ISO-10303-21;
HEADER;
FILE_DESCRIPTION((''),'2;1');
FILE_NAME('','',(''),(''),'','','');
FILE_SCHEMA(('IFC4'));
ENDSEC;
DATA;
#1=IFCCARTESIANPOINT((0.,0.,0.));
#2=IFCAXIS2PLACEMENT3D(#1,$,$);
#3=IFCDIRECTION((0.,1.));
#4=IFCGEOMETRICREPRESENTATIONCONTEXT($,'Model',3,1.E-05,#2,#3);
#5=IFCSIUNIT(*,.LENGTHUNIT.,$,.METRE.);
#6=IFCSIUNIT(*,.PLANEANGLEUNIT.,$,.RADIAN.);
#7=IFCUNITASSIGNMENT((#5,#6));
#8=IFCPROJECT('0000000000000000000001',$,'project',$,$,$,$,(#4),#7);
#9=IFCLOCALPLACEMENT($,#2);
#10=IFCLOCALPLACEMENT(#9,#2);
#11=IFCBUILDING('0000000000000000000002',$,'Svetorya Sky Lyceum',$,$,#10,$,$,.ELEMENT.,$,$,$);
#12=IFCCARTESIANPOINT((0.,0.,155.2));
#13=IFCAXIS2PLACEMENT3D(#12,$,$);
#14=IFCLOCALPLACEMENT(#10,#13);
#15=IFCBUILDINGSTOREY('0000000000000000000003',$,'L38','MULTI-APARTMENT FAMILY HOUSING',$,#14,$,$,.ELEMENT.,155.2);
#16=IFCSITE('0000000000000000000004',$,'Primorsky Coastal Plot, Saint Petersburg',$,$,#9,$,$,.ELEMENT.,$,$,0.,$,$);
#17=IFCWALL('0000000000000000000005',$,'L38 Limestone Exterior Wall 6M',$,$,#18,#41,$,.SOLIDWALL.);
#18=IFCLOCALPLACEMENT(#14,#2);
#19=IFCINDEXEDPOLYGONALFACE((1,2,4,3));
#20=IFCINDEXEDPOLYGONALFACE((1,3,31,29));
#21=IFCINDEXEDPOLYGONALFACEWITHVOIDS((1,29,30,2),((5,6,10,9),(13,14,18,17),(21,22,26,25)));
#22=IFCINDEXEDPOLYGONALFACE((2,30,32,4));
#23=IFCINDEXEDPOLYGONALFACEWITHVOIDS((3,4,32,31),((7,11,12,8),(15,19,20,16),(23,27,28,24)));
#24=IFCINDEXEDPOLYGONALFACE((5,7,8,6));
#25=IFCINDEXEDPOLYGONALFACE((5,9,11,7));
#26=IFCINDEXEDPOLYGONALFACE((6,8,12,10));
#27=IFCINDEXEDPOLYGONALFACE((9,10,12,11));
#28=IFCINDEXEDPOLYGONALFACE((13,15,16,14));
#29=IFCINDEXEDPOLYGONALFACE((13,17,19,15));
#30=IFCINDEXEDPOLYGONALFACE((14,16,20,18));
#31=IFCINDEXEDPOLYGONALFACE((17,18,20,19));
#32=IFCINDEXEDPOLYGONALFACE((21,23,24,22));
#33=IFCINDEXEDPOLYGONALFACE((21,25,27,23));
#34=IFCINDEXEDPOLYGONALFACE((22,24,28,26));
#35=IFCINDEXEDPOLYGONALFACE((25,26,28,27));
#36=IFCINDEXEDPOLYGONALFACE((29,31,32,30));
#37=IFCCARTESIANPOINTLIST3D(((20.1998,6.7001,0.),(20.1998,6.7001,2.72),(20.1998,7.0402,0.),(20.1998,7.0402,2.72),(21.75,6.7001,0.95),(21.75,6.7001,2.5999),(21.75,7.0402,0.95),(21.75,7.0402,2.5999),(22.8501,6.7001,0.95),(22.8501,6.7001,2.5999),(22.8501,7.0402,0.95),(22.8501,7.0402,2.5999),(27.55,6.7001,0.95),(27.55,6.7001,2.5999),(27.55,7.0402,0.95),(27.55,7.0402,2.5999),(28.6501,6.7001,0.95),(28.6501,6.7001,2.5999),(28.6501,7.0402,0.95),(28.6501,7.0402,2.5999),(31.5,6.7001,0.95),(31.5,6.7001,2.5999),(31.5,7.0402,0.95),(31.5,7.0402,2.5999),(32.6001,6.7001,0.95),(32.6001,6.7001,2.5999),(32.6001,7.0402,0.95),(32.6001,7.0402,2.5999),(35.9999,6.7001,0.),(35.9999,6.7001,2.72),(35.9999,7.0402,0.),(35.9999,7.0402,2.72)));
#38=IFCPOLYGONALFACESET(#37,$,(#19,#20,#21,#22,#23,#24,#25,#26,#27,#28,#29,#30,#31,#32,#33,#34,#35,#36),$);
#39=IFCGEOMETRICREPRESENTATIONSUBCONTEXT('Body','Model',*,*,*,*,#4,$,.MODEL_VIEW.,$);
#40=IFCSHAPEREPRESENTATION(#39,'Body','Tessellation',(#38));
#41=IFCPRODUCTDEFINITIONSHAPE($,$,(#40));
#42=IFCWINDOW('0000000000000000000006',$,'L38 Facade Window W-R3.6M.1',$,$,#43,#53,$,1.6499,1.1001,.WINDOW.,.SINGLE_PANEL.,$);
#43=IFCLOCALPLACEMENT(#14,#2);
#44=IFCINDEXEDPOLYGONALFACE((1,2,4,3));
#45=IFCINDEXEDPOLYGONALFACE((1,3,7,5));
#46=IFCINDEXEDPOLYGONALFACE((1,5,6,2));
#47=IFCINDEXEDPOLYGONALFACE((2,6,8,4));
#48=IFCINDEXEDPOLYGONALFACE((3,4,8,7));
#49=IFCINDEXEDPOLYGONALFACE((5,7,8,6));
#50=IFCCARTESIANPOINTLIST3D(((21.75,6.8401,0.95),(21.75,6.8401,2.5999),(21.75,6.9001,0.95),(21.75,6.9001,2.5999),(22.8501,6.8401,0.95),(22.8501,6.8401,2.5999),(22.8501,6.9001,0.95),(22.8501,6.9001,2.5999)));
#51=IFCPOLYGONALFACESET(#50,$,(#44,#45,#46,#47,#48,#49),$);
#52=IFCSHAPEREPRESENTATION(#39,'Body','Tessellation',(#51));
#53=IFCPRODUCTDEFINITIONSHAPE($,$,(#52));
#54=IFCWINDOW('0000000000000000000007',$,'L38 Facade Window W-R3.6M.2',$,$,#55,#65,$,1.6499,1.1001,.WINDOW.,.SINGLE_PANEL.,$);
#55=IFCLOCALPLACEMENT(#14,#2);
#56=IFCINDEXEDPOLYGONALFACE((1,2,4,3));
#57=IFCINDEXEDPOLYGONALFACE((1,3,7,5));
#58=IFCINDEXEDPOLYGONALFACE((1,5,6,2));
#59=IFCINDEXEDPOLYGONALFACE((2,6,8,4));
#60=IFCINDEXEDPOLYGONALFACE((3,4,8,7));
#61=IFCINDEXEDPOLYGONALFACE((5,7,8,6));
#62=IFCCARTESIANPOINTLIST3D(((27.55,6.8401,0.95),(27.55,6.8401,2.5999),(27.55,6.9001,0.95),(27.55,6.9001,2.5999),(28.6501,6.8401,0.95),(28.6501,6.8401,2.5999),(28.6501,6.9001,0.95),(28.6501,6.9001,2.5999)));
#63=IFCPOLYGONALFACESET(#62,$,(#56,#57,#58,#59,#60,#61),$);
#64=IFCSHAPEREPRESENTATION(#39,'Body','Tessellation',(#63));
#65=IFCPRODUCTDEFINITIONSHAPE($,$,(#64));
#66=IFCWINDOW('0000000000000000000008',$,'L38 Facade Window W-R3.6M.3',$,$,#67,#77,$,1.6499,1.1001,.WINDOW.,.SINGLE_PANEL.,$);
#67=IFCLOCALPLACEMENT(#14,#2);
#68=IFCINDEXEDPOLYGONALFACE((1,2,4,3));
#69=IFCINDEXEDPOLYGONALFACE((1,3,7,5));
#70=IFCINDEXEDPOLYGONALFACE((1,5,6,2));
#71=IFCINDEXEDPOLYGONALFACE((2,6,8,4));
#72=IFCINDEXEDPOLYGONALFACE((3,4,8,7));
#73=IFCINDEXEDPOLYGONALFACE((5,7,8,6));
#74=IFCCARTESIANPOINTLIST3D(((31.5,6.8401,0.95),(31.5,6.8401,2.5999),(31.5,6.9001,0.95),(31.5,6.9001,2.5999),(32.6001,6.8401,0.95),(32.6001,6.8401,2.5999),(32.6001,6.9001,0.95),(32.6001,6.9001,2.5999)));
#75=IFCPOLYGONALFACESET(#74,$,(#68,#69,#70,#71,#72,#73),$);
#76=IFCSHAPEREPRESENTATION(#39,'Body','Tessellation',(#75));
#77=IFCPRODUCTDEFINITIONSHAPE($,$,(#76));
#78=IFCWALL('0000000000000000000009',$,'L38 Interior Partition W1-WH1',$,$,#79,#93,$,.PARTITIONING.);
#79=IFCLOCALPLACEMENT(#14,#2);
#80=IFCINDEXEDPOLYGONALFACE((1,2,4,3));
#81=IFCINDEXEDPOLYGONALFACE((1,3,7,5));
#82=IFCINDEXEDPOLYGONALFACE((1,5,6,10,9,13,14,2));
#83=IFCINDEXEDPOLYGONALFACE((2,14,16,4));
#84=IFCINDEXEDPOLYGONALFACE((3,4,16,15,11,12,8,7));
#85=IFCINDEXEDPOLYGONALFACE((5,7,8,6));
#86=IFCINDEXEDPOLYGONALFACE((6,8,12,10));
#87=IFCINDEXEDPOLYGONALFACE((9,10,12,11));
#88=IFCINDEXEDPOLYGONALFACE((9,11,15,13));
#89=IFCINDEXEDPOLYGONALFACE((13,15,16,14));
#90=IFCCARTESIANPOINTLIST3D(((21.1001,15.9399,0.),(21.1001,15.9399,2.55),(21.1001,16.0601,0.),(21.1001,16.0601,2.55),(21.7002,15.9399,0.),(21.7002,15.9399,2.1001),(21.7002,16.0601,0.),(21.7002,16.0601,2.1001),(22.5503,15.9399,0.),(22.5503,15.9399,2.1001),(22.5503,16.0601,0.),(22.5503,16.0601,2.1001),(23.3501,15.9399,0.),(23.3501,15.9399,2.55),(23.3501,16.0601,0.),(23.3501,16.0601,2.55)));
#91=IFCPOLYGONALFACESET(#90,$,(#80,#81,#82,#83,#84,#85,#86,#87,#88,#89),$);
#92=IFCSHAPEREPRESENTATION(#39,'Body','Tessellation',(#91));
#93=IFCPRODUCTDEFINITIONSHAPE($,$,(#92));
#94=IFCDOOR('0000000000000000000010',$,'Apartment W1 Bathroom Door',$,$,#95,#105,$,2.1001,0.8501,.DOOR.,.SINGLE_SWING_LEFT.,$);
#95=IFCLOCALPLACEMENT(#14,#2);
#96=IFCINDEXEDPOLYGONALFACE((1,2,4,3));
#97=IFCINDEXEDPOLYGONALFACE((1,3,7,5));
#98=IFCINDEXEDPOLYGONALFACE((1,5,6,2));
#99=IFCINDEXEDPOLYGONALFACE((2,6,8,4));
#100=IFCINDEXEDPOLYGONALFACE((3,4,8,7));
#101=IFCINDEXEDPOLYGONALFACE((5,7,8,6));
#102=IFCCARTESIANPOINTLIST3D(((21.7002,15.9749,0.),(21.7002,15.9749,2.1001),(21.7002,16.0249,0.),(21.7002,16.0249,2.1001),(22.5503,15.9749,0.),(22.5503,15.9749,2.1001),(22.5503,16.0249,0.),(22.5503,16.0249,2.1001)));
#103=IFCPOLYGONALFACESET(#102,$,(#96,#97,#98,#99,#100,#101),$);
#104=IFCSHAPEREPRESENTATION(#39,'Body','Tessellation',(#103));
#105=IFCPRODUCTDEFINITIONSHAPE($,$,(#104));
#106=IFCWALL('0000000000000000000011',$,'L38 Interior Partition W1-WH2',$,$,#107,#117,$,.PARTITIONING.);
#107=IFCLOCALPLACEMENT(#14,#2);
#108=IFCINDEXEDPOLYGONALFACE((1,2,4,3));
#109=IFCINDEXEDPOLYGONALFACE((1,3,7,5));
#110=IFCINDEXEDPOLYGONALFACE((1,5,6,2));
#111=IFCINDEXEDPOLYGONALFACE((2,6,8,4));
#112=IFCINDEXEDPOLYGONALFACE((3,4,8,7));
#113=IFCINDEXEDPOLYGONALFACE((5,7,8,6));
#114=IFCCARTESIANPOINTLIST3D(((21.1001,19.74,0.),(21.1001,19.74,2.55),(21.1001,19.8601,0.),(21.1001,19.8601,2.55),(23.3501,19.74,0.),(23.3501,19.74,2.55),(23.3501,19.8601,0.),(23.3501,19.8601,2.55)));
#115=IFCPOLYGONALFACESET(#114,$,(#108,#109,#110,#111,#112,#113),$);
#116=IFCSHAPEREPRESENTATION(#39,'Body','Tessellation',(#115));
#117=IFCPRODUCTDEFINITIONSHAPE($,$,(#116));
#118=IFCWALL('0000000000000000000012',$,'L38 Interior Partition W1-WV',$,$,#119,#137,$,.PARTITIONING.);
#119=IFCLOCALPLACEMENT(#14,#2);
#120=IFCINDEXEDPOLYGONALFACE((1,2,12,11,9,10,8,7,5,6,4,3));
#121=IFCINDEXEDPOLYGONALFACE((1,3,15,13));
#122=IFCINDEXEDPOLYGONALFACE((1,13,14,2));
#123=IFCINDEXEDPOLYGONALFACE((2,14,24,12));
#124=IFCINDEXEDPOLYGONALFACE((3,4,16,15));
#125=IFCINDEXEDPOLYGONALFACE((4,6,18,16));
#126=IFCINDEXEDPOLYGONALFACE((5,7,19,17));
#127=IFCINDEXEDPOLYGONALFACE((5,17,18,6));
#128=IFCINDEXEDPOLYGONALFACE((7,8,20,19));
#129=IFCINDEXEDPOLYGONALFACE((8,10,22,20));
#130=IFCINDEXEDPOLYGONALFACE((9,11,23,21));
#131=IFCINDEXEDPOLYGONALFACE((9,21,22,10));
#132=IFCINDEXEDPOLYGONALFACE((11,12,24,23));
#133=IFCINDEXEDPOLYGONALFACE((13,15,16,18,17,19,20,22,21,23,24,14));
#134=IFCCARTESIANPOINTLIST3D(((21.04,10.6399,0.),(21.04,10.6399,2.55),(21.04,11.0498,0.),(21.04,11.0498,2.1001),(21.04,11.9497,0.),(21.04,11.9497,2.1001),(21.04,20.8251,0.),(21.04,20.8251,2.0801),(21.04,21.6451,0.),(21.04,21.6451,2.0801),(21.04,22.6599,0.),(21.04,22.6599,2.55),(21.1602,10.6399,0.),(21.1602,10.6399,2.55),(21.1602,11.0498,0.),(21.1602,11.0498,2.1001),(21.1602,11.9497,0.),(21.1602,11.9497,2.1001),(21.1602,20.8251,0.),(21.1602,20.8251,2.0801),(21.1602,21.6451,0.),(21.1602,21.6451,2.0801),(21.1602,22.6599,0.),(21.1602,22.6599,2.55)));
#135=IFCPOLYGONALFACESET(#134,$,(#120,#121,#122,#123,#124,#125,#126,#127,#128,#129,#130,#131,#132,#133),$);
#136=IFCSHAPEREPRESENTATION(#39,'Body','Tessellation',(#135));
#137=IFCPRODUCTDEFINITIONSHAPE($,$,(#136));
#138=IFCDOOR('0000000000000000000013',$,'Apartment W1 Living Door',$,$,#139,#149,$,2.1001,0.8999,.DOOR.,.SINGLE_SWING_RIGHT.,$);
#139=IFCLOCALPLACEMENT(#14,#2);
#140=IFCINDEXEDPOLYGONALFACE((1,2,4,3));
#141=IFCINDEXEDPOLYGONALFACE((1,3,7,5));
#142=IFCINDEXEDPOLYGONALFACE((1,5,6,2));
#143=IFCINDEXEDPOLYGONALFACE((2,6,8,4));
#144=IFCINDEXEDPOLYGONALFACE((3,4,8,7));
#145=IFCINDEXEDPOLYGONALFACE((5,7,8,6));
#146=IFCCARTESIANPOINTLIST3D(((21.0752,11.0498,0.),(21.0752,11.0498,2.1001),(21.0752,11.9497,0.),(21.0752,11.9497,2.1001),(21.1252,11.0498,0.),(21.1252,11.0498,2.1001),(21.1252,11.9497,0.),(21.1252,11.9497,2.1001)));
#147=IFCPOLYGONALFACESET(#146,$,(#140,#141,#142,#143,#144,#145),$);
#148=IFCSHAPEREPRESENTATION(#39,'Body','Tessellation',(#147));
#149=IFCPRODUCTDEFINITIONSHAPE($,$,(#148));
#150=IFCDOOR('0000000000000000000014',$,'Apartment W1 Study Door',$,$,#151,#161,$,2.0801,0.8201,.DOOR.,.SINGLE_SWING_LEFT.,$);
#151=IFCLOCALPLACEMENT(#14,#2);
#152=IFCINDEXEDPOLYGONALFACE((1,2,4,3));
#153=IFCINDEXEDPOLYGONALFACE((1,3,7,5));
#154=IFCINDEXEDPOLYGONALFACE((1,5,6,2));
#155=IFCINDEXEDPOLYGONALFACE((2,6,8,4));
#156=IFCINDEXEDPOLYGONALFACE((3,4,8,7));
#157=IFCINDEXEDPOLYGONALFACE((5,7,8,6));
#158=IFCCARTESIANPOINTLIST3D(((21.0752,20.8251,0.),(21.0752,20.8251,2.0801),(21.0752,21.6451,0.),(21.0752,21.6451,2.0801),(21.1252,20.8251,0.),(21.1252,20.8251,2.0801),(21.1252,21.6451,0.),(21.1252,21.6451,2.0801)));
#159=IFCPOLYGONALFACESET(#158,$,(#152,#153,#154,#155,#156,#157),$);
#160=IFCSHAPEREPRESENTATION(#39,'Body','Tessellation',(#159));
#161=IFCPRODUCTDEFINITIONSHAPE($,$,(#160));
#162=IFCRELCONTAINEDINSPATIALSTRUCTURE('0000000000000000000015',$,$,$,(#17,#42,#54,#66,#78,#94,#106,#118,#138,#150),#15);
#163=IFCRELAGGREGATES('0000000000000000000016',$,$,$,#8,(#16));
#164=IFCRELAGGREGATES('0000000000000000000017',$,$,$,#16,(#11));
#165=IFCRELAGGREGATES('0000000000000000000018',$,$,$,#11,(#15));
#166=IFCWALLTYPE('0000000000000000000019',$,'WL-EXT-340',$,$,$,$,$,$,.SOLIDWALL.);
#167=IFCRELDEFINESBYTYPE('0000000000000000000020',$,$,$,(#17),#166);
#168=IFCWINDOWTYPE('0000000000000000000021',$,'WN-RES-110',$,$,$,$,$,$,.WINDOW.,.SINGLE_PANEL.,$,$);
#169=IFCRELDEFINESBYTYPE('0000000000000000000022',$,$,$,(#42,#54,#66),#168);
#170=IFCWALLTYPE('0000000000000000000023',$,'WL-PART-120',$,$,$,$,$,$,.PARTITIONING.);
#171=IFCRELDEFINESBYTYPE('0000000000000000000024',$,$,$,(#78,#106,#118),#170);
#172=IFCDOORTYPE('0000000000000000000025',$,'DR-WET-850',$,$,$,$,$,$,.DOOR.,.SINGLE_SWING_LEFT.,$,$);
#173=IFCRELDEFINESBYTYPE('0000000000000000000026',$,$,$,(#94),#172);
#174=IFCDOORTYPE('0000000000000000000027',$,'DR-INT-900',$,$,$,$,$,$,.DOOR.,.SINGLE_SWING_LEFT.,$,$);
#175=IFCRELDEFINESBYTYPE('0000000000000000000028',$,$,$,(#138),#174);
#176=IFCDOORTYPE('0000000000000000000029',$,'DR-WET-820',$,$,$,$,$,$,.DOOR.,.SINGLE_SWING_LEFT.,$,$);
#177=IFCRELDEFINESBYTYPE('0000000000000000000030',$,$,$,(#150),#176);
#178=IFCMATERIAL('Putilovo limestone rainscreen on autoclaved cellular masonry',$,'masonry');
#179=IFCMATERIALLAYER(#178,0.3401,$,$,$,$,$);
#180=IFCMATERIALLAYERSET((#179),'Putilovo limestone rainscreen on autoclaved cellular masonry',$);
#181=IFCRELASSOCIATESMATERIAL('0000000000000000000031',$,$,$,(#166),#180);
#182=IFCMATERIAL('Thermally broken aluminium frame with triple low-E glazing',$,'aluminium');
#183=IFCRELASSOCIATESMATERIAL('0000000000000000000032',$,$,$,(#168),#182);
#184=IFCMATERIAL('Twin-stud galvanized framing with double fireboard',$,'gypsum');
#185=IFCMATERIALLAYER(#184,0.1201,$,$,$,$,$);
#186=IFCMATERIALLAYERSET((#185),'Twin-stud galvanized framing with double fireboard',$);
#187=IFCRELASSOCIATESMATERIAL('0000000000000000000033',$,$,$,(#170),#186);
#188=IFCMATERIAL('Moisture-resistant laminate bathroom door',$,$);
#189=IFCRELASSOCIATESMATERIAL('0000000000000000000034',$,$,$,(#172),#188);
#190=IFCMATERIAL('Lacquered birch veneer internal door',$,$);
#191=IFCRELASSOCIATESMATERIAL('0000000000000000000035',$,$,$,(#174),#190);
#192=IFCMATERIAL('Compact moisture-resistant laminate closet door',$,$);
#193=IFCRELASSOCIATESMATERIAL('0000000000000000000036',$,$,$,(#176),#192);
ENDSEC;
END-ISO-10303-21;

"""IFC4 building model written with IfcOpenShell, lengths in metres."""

from ifc_helpers import new_model, si_unit, direction, frame, frame_2d, origin, place, context, subcontext, project, spatial, rectangle, extrude, material, layer, layer_set, type_object, element, fill, save


model = new_model("IFC4")

# Units and contexts
model_context = context("Model", 3, precision=1e-05, world=origin(), true_north=direction((0.0, 1.0)))
body_context = subcontext(model_context, "Body", "Model", "MODEL_VIEW")
ifc_project = project(units=[si_unit("LENGTHUNIT", "METRE"), si_unit("PLANEANGLEUNIT", "RADIAN")], contexts=[model_context])

# Site, building, storey
site_placement = place(None, origin())
site = spatial("IfcSite", under=ifc_project, at=site_placement, Name="Primorsky Coastal Plot, Saint Petersburg", CompositionType="ELEMENT", RefElevation=0.0)
building_placement = place(site_placement, origin())
building = spatial("IfcBuilding", under=site, at=building_placement, Name="Svetorya Sky Lyceum", CompositionType="ELEMENT")
storey_placement = place(building_placement, frame((0.0, 0.0, 155.2)))
storey = spatial("IfcBuildingStorey", under=building, at=storey_placement, Name="L38", Description="MULTI-APARTMENT FAMILY HOUSING", CompositionType="ELEMENT", Elevation=155.2)

# Shared definitions
ifc_material_1 = material(Name="Putilovo limestone rainscreen on autoclaved cellular masonry", Category="masonry")
ifc_layer_1 = layer(ifc_material_1, 0.3401)
ifc_layer_set_1 = layer_set([ifc_layer_1], Name="Putilovo limestone rainscreen on autoclaved cellular masonry")
wall_type_1 = type_object("IfcWallType", Name="WL-EXT-340", PredefinedType="SOLIDWALL", material=ifc_layer_set_1)

# Wall, openings, windows
wall_1_placement = place(storey_placement, frame((20.2, 6.8701, 0.0), z_axis=(0.0, 0.0, 1.0), x_axis=(1.0, 0.0, 0.0)))
wall_1 = element("IfcWall", 1, at=wall_1_placement, inside=storey, type_object=wall_type_1, Name="L38 Limestone Exterior Wall 6M", PredefinedType="SOLIDWALL", context=body_context, shape_type="SweptSolid", body=[
    extrude(rectangle(XDim=15.8, YDim=0.3401, at=frame_2d((7.8999, 0.0))), origin(), (0.0, 0.0, 1.0), 2.72),
])
opening_1_placement = place(wall_1_placement, frame((1.55, 0.0, 0.95)))
opening_1 = element("IfcOpeningElement", 2, at=opening_1_placement, cuts=wall_1, PredefinedType="OPENING", context=body_context, shape_type="SweptSolid", body=[
    extrude(rectangle(XDim=1.1001, YDim=1.6499, at=frame_2d((0.55, 0.825))), frame((0.0, 0.1799, 0.0), z_axis=(0.0, -1.0, 0.0), x_axis=(1.0, 0.0, 0.0)), (0.0, 0.0, 1.0), 0.3601),
])
opening_2_placement = place(wall_1_placement, frame((7.3501, 0.0, 0.95)))
opening_2 = element("IfcOpeningElement", 3, at=opening_2_placement, cuts=wall_1, PredefinedType="OPENING", context=body_context, shape_type="SweptSolid", body=[
    extrude(rectangle(XDim=1.1001, YDim=1.6499, at=frame_2d((0.55, 0.825))), frame((0.0, 0.1799, 0.0), z_axis=(0.0, -1.0, 0.0), x_axis=(1.0, 0.0, 0.0)), (0.0, 0.0, 1.0), 0.3601),
])
opening_3_placement = place(wall_1_placement, frame((11.3, 0.0, 0.95)))
opening_3 = element("IfcOpeningElement", 4, at=opening_3_placement, cuts=wall_1, PredefinedType="OPENING", context=body_context, shape_type="SweptSolid", body=[
    extrude(rectangle(XDim=1.1001, YDim=1.6499, at=frame_2d((0.55, 0.825))), frame((0.0, 0.1799, 0.0), z_axis=(0.0, -1.0, 0.0), x_axis=(1.0, 0.0, 0.0)), (0.0, 0.0, 1.0), 0.3601),
])
ifc_material_2 = material(Name="Thermally broken aluminium frame with triple low-E glazing", Category="aluminium")
window_type = type_object("IfcWindowType", Name="WN-RES-110", PartitioningType="SINGLE_PANEL", PredefinedType="WINDOW", material=ifc_material_2)
window_1_placement = place(opening_1_placement, origin())
window_1 = element("IfcWindow", 5, at=window_1_placement, inside=storey, type_object=window_type, Name="L38 Facade Window W-R3.6M.1", OverallHeight=1.6499, OverallWidth=1.1001, PartitioningType="SINGLE_PANEL", PredefinedType="WINDOW", context=body_context, shape_type="SweptSolid", body=[
    extrude(rectangle(XDim=1.1001, YDim=1.6499, at=frame_2d((0.55, 0.825))), frame((0.0, 0.03, 0.0), z_axis=(0.0, -1.0, 0.0), x_axis=(1.0, 0.0, 0.0)), (0.0, 0.0, 1.0), 0.0601),
])
fill(opening_1, window_1)
window_2_placement = place(opening_2_placement, origin())
window_2 = element("IfcWindow", 6, at=window_2_placement, inside=storey, type_object=window_type, Name="L38 Facade Window W-R3.6M.2", OverallHeight=1.6499, OverallWidth=1.1001, PartitioningType="SINGLE_PANEL", PredefinedType="WINDOW", context=body_context, shape_type="SweptSolid", body=[
    extrude(rectangle(XDim=1.1001, YDim=1.6499, at=frame_2d((0.55, 0.825))), frame((0.0, 0.03, 0.0), z_axis=(0.0, -1.0, 0.0), x_axis=(1.0, 0.0, 0.0)), (0.0, 0.0, 1.0), 0.0601),
])
fill(opening_2, window_2)
window_3_placement = place(opening_3_placement, origin())
window_3 = element("IfcWindow", 7, at=window_3_placement, inside=storey, type_object=window_type, Name="L38 Facade Window W-R3.6M.3", OverallHeight=1.6499, OverallWidth=1.1001, PartitioningType="SINGLE_PANEL", PredefinedType="WINDOW", context=body_context, shape_type="SweptSolid", body=[
    extrude(rectangle(XDim=1.1001, YDim=1.6499, at=frame_2d((0.55, 0.825))), frame((0.0, 0.03, 0.0), z_axis=(0.0, -1.0, 0.0), x_axis=(1.0, 0.0, 0.0)), (0.0, 0.0, 1.0), 0.0601),
])
fill(opening_3, window_3)

# Wall, opening, door
ifc_material_3 = material(Name="Twin-stud galvanized framing with double fireboard", Category="gypsum")
ifc_layer_2 = layer(ifc_material_3, 0.1201)
ifc_layer_set_2 = layer_set([ifc_layer_2], Name="Twin-stud galvanized framing with double fireboard")
wall_type_2 = type_object("IfcWallType", Name="WL-PART-120", PredefinedType="PARTITIONING", material=ifc_layer_set_2)
wall_2_placement = place(storey_placement, frame((21.1001, 16.0, 0.0), z_axis=(0.0, 0.0, 1.0), x_axis=(1.0, 0.0, 0.0)))
wall_2 = element("IfcWall", 8, at=wall_2_placement, inside=storey, type_object=wall_type_2, Name="L38 Interior Partition W1-WH1", PredefinedType="PARTITIONING", context=body_context, shape_type="SweptSolid", body=[
    extrude(rectangle(XDim=2.25, YDim=0.1201, at=frame_2d((1.125, 0.0))), origin(), (0.0, 0.0, 1.0), 2.55),
])
opening_4_placement = place(wall_2_placement, frame((0.6001, 0.0, 0.0)))
opening_4 = element("IfcOpeningElement", 9, at=opening_4_placement, cuts=wall_2, PredefinedType="OPENING", context=body_context, shape_type="SweptSolid", body=[
    extrude(rectangle(XDim=0.8501, YDim=2.1001, at=frame_2d((0.425, 1.05))), frame((0.0, 0.0701, 0.0), z_axis=(0.0, -1.0, 0.0), x_axis=(1.0, 0.0, 0.0)), (0.0, 0.0, 1.0), 0.1401),
])
ifc_material_4 = material(Name="Moisture-resistant laminate bathroom door")
door_type_1 = type_object("IfcDoorType", Name="DR-WET-850", OperationType="SINGLE_SWING_LEFT", PredefinedType="DOOR", material=ifc_material_4)
door_1_placement = place(opening_4_placement, origin())
door_1 = element("IfcDoor", 10, at=door_1_placement, inside=storey, type_object=door_type_1, Name="Apartment W1 Bathroom Door", OperationType="SINGLE_SWING_LEFT", OverallHeight=2.1001, OverallWidth=0.8501, PredefinedType="DOOR", context=body_context, shape_type="SweptSolid", body=[
    extrude(rectangle(XDim=0.8501, YDim=2.1001, at=frame_2d((0.425, 1.05))), frame((0.0, 0.0249, 0.0), z_axis=(0.0, -1.0, 0.0), x_axis=(1.0, 0.0, 0.0)), (0.0, 0.0, 1.0), 0.05),
])
fill(opening_4, door_1)

# Wall
wall_3_placement = place(storey_placement, frame((21.1001, 19.8, 0.0), z_axis=(0.0, 0.0, 1.0), x_axis=(1.0, 0.0, 0.0)))
element("IfcWall", 11, at=wall_3_placement, inside=storey, type_object=wall_type_2, Name="L38 Interior Partition W1-WH2", PredefinedType="PARTITIONING", context=body_context, shape_type="SweptSolid", body=[
    extrude(rectangle(XDim=2.25, YDim=0.1201, at=frame_2d((1.125, 0.0))), origin(), (0.0, 0.0, 1.0), 2.55),
])

# Wall, openings, doors
wall_4_placement = place(storey_placement, frame((21.1001, 10.6399, 0.0), z_axis=(0.0, 0.0, 1.0), x_axis=(0.0, 1.0, 0.0)))
wall_4 = element("IfcWall", 12, at=wall_4_placement, inside=storey, type_object=wall_type_2, Name="L38 Interior Partition W1-WV", PredefinedType="PARTITIONING", context=body_context, shape_type="SweptSolid", body=[
    extrude(rectangle(XDim=12.02, YDim=0.1201, at=frame_2d((6.01, 0.0))), origin(), (0.0, 0.0, 1.0), 2.55),
])
opening_5_placement = place(wall_4_placement, frame((0.4099, 0.0, 0.0)))
opening_5 = element("IfcOpeningElement", 13, at=opening_5_placement, cuts=wall_4, PredefinedType="OPENING", context=body_context, shape_type="SweptSolid", body=[
    extrude(rectangle(XDim=0.8999, YDim=2.1001, at=frame_2d((0.45, 1.05))), frame((0.0, 0.0701, 0.0), z_axis=(0.0, -1.0, 0.0), x_axis=(1.0, 0.0, 0.0)), (0.0, 0.0, 1.0), 0.1401),
])
opening_6_placement = place(wall_4_placement, frame((10.1851, 0.0, 0.0)))
opening_6 = element("IfcOpeningElement", 14, at=opening_6_placement, cuts=wall_4, PredefinedType="OPENING", context=body_context, shape_type="SweptSolid", body=[
    extrude(rectangle(XDim=0.8201, YDim=2.0801, at=frame_2d((0.4102, 1.04))), frame((0.0, 0.0701, 0.0), z_axis=(0.0, -1.0, 0.0), x_axis=(1.0, 0.0, 0.0)), (0.0, 0.0, 1.0), 0.1401),
])
ifc_material_5 = material(Name="Lacquered birch veneer internal door")
door_type_2 = type_object("IfcDoorType", Name="DR-INT-900", OperationType="SINGLE_SWING_LEFT", PredefinedType="DOOR", material=ifc_material_5)
door_2_placement = place(opening_5_placement, origin())
door_2 = element("IfcDoor", 15, at=door_2_placement, inside=storey, type_object=door_type_2, Name="Apartment W1 Living Door", OperationType="SINGLE_SWING_RIGHT", OverallHeight=2.1001, OverallWidth=0.8999, PredefinedType="DOOR", context=body_context, shape_type="SweptSolid", body=[
    extrude(rectangle(XDim=0.8999, YDim=2.1001, at=frame_2d((0.45, 1.05))), frame((0.0, 0.0249, 0.0), z_axis=(0.0, -1.0, 0.0), x_axis=(1.0, 0.0, 0.0)), (0.0, 0.0, 1.0), 0.05),
])
fill(opening_5, door_2)
ifc_material_6 = material(Name="Compact moisture-resistant laminate closet door")
door_type_3 = type_object("IfcDoorType", Name="DR-WET-820", OperationType="SINGLE_SWING_LEFT", PredefinedType="DOOR", material=ifc_material_6)
door_3_placement = place(opening_6_placement, origin())
door_3 = element("IfcDoor", 16, at=door_3_placement, inside=storey, type_object=door_type_3, Name="Apartment W1 Study Door", OperationType="SINGLE_SWING_LEFT", OverallHeight=2.0801, OverallWidth=0.8201, PredefinedType="DOOR", context=body_context, shape_type="SweptSolid", body=[
    extrude(rectangle(XDim=0.8201, YDim=2.0801, at=frame_2d((0.4102, 1.04))), frame((0.0, 0.0249, 0.0), z_axis=(0.0, -1.0, 0.0), x_axis=(1.0, 0.0, 0.0)), (0.0, 0.0, 1.0), 0.05),
])
fill(opening_6, door_3)

save(model, "model.ifc")
